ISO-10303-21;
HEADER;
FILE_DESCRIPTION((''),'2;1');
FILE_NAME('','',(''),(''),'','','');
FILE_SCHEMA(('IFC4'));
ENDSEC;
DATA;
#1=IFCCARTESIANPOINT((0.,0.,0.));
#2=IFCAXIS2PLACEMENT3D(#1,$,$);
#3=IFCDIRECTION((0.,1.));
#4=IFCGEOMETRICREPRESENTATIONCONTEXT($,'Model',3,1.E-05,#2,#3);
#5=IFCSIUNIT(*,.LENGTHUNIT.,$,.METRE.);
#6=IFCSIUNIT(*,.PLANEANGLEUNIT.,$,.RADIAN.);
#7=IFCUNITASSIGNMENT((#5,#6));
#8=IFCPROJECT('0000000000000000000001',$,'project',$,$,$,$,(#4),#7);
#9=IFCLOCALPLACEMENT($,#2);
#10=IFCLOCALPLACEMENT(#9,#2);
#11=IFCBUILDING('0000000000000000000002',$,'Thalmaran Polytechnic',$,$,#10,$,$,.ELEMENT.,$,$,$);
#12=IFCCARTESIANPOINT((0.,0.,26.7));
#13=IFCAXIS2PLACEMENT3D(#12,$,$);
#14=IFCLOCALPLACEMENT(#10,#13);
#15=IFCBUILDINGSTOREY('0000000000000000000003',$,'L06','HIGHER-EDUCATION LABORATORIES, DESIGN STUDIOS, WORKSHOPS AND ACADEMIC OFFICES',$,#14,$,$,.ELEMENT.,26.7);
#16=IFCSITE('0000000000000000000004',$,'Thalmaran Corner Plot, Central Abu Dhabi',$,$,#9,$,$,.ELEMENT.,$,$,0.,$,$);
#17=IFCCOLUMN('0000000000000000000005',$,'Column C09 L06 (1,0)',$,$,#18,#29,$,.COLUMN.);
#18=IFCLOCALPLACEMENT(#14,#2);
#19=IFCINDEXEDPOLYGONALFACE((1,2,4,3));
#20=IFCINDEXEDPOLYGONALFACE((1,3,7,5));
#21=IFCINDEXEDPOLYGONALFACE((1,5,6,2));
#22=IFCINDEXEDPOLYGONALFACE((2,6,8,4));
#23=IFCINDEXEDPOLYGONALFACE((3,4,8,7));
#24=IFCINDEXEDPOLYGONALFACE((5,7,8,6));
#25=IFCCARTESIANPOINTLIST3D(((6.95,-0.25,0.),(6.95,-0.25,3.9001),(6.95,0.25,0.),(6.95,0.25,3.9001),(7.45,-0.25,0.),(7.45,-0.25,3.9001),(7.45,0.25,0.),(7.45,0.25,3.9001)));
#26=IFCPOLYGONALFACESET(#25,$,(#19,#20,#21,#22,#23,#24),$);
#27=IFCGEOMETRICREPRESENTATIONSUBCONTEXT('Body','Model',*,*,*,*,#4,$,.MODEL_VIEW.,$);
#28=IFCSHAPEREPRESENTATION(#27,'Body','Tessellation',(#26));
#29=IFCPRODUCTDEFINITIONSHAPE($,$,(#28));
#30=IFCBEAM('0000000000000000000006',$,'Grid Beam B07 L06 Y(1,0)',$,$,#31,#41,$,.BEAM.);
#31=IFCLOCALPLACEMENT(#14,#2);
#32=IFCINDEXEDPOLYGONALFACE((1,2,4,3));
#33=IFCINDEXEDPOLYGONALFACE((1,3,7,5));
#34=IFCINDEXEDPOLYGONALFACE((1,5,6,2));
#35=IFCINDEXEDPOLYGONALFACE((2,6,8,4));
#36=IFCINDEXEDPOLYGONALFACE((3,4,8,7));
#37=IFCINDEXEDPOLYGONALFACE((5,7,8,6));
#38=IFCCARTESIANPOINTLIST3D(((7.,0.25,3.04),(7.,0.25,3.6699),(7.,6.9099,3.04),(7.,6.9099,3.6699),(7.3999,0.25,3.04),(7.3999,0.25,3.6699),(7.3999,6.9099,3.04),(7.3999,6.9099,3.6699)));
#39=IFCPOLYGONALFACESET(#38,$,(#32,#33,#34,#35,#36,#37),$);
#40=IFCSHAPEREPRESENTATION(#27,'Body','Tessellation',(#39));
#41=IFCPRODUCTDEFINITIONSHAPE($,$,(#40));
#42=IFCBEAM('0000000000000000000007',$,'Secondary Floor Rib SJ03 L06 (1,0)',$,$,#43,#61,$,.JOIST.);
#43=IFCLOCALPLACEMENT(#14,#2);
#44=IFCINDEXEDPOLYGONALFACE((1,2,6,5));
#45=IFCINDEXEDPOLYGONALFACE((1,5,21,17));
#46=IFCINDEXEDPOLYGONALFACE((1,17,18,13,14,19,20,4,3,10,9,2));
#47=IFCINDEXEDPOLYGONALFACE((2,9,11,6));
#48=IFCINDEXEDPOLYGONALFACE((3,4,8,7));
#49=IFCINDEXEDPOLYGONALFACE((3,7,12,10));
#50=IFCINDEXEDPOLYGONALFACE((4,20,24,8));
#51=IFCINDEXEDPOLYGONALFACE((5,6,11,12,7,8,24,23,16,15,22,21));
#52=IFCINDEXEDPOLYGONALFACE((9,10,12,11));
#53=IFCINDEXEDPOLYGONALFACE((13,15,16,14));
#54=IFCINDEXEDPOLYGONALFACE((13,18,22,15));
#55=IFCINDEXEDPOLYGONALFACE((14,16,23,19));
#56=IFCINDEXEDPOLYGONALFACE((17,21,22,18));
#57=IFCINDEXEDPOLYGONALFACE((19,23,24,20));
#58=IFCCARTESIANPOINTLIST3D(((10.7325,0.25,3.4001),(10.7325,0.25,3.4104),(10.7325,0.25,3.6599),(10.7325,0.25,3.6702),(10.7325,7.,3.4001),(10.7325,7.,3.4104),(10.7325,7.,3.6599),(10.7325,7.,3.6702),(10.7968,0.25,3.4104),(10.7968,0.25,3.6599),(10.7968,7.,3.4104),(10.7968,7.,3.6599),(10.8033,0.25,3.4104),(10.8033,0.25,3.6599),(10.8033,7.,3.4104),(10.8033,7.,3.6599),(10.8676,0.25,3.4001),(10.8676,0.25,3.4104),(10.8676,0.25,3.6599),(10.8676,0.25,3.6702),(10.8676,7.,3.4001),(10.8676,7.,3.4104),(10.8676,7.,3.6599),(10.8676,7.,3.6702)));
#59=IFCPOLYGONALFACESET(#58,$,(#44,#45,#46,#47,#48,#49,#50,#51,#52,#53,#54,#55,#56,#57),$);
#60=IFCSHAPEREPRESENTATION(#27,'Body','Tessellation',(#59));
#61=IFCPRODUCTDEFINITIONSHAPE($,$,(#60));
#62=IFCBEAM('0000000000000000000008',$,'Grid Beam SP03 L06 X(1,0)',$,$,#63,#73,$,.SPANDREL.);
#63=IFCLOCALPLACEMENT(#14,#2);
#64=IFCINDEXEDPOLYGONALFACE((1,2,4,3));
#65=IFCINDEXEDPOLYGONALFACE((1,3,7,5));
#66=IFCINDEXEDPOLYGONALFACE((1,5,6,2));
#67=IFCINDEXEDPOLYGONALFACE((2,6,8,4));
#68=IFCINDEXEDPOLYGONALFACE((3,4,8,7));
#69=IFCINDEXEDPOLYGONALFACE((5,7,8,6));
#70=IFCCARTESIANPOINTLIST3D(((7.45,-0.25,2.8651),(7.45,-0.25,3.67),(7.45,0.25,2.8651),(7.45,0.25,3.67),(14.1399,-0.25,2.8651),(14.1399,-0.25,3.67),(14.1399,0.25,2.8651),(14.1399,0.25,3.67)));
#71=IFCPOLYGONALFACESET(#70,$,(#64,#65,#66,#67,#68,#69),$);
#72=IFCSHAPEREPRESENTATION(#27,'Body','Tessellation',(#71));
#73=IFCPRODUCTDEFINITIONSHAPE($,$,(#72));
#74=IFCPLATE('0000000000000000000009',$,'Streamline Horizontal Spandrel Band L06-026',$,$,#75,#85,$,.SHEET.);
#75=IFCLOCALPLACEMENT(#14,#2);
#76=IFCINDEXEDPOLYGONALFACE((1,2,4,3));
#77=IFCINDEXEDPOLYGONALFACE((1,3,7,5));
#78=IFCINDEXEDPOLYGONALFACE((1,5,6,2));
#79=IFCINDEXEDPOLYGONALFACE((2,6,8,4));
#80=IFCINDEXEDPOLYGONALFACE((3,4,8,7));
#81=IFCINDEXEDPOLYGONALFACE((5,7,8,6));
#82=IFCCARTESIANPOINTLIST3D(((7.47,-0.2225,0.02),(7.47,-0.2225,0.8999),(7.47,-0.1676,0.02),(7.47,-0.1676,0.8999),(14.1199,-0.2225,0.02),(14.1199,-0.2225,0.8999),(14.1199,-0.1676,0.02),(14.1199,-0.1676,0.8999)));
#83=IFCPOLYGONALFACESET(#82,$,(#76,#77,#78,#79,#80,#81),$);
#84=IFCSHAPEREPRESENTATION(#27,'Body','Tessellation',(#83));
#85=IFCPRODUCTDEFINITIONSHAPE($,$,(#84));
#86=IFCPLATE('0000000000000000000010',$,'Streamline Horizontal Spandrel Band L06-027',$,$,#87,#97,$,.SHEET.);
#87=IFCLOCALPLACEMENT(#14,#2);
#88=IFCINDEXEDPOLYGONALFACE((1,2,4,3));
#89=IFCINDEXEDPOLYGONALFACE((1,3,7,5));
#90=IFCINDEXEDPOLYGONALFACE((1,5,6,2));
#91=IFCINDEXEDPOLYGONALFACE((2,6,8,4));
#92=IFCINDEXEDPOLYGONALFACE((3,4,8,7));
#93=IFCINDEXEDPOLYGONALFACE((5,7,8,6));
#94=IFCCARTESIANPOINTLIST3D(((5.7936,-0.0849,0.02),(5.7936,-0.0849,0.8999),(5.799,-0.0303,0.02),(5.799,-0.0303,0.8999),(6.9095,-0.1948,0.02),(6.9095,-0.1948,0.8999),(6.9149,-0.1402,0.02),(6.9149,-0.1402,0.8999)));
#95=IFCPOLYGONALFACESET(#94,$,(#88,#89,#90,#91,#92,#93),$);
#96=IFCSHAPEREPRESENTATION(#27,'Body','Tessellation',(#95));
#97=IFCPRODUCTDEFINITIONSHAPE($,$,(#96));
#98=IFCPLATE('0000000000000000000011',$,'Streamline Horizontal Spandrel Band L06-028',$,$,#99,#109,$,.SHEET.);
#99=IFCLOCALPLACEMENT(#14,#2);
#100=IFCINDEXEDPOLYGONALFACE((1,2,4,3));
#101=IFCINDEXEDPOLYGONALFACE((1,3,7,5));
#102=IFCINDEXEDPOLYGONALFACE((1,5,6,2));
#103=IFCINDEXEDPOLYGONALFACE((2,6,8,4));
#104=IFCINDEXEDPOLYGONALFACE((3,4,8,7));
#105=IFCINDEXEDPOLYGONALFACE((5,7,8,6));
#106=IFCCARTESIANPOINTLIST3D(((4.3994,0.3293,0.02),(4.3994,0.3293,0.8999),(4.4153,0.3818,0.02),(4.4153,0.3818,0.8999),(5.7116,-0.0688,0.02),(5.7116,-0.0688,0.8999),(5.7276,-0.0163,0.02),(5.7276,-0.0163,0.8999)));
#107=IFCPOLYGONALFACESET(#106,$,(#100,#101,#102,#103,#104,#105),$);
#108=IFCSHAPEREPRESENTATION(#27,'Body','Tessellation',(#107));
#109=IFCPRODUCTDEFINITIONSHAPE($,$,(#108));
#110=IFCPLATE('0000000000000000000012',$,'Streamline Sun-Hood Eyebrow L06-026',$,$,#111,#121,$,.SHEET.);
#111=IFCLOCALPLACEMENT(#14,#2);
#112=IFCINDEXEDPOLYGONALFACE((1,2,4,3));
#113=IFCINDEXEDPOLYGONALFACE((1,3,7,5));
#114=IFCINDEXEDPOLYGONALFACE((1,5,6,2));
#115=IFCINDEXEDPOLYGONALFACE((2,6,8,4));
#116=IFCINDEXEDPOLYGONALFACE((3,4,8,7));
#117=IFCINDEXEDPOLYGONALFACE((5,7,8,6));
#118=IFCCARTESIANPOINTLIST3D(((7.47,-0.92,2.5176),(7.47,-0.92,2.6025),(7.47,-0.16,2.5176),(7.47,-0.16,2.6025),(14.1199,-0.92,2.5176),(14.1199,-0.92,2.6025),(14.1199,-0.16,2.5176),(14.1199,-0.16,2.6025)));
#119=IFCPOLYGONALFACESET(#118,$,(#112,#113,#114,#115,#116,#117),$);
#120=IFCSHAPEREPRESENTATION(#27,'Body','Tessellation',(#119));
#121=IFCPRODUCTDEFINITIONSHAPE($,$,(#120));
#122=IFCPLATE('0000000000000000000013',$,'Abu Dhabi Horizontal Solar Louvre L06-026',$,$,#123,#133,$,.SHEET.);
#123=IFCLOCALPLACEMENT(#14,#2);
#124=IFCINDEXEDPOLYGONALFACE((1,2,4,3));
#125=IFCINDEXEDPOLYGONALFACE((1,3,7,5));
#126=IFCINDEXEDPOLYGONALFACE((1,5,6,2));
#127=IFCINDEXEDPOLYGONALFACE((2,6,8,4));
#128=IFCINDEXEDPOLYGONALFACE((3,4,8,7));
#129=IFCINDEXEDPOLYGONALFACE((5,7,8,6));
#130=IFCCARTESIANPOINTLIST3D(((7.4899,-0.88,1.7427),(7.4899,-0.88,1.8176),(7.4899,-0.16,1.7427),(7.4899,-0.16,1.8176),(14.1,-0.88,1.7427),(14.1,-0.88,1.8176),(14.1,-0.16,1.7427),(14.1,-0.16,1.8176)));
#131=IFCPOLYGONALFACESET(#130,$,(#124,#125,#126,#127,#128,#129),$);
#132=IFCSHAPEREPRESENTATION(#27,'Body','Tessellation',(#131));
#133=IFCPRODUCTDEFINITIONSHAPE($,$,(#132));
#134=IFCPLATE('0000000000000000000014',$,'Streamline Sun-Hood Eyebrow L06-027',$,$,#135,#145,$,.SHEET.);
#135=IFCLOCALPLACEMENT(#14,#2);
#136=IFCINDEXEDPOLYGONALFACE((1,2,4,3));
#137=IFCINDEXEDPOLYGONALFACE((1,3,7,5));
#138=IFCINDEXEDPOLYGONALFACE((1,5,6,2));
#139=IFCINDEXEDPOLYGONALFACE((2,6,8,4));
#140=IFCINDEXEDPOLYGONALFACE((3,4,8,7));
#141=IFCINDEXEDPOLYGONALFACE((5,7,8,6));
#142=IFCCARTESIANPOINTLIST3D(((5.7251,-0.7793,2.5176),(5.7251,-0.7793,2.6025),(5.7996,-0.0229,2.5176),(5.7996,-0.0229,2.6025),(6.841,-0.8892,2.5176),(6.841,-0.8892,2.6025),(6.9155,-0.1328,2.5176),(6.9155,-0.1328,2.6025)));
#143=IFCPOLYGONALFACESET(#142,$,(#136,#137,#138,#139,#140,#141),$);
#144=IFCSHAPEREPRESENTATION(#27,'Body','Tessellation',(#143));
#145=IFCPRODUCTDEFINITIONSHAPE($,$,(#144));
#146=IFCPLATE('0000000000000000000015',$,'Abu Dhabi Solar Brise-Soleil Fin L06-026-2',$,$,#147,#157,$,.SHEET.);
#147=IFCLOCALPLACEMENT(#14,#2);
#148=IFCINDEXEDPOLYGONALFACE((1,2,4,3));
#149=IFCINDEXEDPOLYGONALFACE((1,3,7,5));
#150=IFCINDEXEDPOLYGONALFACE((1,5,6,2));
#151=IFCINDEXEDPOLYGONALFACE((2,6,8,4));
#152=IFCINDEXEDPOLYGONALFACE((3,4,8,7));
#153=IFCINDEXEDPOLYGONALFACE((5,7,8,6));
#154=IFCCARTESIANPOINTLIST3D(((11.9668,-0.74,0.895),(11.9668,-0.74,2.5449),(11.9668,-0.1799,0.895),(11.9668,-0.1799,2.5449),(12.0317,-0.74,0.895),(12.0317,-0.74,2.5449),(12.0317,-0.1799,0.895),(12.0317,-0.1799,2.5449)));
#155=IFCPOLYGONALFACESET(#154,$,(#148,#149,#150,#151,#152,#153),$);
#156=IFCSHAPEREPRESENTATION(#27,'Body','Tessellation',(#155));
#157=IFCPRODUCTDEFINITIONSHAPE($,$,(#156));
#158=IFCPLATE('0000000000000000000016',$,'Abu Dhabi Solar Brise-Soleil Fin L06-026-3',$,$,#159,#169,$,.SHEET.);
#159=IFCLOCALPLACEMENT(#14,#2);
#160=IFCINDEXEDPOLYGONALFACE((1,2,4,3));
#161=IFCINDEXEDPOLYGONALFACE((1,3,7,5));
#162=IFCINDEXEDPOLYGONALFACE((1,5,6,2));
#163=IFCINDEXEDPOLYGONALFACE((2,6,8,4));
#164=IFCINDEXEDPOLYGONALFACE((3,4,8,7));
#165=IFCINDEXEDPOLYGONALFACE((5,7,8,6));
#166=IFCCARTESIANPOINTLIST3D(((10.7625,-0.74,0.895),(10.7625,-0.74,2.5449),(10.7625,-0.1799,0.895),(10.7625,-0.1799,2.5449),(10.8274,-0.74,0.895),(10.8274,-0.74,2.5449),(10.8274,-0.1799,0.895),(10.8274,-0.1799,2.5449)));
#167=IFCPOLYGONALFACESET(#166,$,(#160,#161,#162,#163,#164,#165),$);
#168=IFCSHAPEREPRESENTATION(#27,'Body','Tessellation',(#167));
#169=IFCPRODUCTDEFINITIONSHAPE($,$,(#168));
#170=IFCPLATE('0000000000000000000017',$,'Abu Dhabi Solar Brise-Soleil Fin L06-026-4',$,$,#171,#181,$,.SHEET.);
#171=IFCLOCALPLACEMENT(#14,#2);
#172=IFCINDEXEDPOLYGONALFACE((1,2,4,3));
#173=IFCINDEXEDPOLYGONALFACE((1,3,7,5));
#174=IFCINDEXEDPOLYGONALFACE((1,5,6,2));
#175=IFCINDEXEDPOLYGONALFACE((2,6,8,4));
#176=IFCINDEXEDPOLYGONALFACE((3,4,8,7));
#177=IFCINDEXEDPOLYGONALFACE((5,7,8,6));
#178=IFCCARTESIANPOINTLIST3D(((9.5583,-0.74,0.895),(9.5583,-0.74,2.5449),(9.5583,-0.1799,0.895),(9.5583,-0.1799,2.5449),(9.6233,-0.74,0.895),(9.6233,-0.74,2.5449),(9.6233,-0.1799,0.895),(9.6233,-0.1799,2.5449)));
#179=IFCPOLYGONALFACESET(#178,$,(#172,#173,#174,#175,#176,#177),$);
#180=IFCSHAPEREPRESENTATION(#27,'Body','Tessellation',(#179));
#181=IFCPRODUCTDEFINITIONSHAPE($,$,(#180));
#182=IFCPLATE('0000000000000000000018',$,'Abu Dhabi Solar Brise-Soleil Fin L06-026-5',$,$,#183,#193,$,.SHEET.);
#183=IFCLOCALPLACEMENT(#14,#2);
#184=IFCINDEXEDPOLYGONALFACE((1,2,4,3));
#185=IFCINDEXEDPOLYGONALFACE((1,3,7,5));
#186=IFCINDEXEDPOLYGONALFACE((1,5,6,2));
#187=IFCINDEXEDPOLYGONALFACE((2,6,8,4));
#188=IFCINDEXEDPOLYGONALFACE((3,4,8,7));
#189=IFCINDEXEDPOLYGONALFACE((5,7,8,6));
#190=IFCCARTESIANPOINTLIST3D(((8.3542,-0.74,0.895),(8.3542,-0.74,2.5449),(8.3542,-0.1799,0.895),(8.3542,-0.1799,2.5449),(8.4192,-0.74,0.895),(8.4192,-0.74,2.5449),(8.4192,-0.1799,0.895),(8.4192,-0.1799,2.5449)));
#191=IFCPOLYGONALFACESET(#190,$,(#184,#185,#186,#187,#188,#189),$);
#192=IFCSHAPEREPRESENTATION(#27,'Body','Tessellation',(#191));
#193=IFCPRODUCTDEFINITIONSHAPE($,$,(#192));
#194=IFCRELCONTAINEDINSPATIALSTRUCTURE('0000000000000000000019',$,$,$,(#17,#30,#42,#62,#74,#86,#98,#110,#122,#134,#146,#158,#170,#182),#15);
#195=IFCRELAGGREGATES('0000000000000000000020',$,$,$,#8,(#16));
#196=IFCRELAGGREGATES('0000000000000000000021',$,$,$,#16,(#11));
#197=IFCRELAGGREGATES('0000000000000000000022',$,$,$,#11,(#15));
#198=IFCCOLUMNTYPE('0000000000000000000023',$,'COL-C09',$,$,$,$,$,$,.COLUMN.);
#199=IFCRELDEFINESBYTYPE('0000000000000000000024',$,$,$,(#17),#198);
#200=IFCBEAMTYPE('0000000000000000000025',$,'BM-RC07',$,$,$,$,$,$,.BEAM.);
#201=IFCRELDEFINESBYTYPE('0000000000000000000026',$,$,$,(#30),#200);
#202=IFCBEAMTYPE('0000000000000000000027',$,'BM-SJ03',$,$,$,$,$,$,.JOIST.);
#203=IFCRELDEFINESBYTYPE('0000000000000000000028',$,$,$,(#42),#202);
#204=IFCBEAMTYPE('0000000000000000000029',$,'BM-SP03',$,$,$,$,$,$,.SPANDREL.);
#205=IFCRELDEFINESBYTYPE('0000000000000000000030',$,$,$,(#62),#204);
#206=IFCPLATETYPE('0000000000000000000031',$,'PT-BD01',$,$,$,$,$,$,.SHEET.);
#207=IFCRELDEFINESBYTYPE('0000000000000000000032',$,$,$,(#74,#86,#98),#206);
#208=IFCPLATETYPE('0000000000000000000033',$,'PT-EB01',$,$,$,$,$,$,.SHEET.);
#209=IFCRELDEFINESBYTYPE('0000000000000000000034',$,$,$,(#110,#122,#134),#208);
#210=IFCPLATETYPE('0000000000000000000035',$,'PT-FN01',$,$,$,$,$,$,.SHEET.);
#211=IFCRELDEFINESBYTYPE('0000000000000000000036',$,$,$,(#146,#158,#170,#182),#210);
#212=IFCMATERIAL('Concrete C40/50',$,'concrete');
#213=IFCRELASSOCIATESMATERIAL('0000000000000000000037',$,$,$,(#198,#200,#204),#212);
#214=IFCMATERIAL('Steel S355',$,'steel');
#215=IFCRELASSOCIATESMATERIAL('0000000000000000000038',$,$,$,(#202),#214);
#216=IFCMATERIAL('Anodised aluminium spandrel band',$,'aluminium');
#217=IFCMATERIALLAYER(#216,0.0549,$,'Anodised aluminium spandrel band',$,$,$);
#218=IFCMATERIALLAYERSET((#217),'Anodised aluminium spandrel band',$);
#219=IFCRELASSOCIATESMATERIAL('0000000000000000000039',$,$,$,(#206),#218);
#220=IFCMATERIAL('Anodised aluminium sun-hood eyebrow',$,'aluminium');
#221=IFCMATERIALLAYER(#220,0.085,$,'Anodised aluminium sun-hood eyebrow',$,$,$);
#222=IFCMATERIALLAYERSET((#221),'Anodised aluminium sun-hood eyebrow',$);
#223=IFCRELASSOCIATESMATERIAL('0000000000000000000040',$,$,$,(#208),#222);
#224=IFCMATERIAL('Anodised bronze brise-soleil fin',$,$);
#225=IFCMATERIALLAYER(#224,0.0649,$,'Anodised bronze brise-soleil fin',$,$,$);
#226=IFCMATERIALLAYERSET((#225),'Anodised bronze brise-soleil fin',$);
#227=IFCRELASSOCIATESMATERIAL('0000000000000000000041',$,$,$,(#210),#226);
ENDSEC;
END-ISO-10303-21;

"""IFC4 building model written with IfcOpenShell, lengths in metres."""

from ifc_helpers import new_model, si_unit, direction, frame, origin, origin_2d, place, context, subcontext, project, spatial, rectangle, i_section, extrude, material, layer, layer_set, material_profile, profile_set, type_object, element, save


model = new_model("IFC4")

# Units and contexts
model_context = context("Model", 3, precision=1e-05, world=origin(), true_north=direction((0.0, 1.0)))
body_context = subcontext(model_context, "Body", "Model", "MODEL_VIEW")
ifc_project = project(units=[si_unit("LENGTHUNIT", "METRE"), si_unit("PLANEANGLEUNIT", "RADIAN")], contexts=[model_context])

# Site, building, storey
site_placement = place(None, origin())
site = spatial("IfcSite", under=ifc_project, at=site_placement, Name="Thalmaran Corner Plot, Central Abu Dhabi", CompositionType="ELEMENT", RefElevation=0.0)
building_placement = place(site_placement, origin())
building = spatial("IfcBuilding", under=site, at=building_placement, Name="Thalmaran Polytechnic", CompositionType="ELEMENT")
storey_placement = place(building_placement, frame((0.0, 0.0, 26.7)))
storey = spatial("IfcBuildingStorey", under=building, at=storey_placement, Name="L06", Description="HIGHER-EDUCATION LABORATORIES, DESIGN STUDIOS, WORKSHOPS AND ACADEMIC OFFICES", CompositionType="ELEMENT", Elevation=26.7)

# Column
ifc_material_1 = material(Name="Concrete C40/50", Category="concrete")
ifc_material_profile_1 = material_profile(ifc_material_1, rectangle(XDim=0.5, YDim=0.5, at=origin_2d()), Name="RC 500x500")
ifc_profile_set_1 = profile_set([ifc_material_profile_1], Name="Concrete C40/50")
column_type = type_object("IfcColumnType", Name="COL-C09", PredefinedType="COLUMN", material=ifc_profile_set_1)
column_placement = place(storey_placement, frame((7.2, 0.0, 0.0), z_axis=(0.0, 0.0, 1.0), x_axis=(1.0, 0.0, 0.0)))
element("IfcColumn", 1, at=column_placement, inside=storey, type_object=column_type, Name="Column C09 L06 (1,0)", PredefinedType="COLUMN", context=body_context, shape_type="SweptSolid", body=[
    extrude(rectangle(XDim=0.5, YDim=0.5, at=origin_2d()), origin(), (0.0, 0.0, 1.0), 3.9001),
])

# Beams
ifc_material_profile_2 = material_profile(ifc_material_1, rectangle(XDim=0.3999, YDim=0.6299, at=origin_2d()), Name="RC 400x630")
ifc_profile_set_2 = profile_set([ifc_material_profile_2], Name="Concrete C40/50")
beam_type_1 = type_object("IfcBeamType", Name="BM-RC07", PredefinedType="BEAM", material=ifc_profile_set_2)
beam_1_placement = place(storey_placement, frame((7.2, 0.25, 3.355), z_axis=(0.0, 1.0, 0.0), x_axis=(-1.0, 0.0, 0.0)))
element("IfcBeam", 2, at=beam_1_placement, inside=storey, type_object=beam_type_1, Name="Grid Beam B07 L06 Y(1,0)", PredefinedType="BEAM", context=body_context, shape_type="SweptSolid", body=[
    extrude(rectangle(XDim=0.3999, YDim=0.6299, at=origin_2d()), origin(), (0.0, 0.0, 1.0), 6.6599),
])
ifc_material_2 = material(Name="Steel S355", Category="steel")
ifc_material_profile_3 = material_profile(ifc_material_2, i_section(OverallWidth=0.135, OverallDepth=0.27, WebThickness=0.0066, FlangeThickness=0.0103, at=origin_2d()), Name="IPE 270")
ifc_profile_set_3 = profile_set([ifc_material_profile_3], Name="Steel S355")
beam_type_2 = type_object("IfcBeamType", Name="BM-SJ03", PredefinedType="JOIST", material=ifc_profile_set_3)
beam_2_placement = place(storey_placement, frame((10.8, 0.25, 3.5352), z_axis=(0.0, 1.0, 0.0), x_axis=(-1.0, 0.0, 0.0)))
element("IfcBeam", 3, at=beam_2_placement, inside=storey, type_object=beam_type_2, Name="Secondary Floor Rib SJ03 L06 (1,0)", PredefinedType="JOIST", context=body_context, shape_type="SweptSolid", body=[
    extrude(i_section(OverallWidth=0.135, OverallDepth=0.27, WebThickness=0.0066, FlangeThickness=0.0103, at=origin_2d()), origin(), (0.0, 0.0, 1.0), 6.75),
])
ifc_material_profile_4 = material_profile(ifc_material_1, rectangle(XDim=0.5, YDim=0.8049, at=origin_2d()), Name="RC 500x805")
ifc_profile_set_4 = profile_set([ifc_material_profile_4], Name="Concrete C40/50")
beam_type_3 = type_object("IfcBeamType", Name="BM-SP03", PredefinedType="SPANDREL", material=ifc_profile_set_4)
beam_3_placement = place(storey_placement, frame((7.45, 0.0, 3.2676), z_axis=(1.0, 0.0, 0.0), x_axis=(0.0, 1.0, 0.0)))
element("IfcBeam", 4, at=beam_3_placement, inside=storey, type_object=beam_type_3, Name="Grid Beam SP03 L06 X(1,0)", PredefinedType="SPANDREL", context=body_context, shape_type="SweptSolid", body=[
    extrude(rectangle(XDim=0.5, YDim=0.8049, at=origin_2d()), origin(), (0.0, 0.0, 1.0), 6.6899),
])

# Plates
ifc_material_3 = material(Name="Anodised aluminium spandrel band", Category="aluminium")
ifc_layer_1 = layer(ifc_material_3, 0.0549, Name="Anodised aluminium spandrel band")
ifc_layer_set_1 = layer_set([ifc_layer_1], Name="Anodised aluminium spandrel band")
plate_type_1 = type_object("IfcPlateType", Name="PT-BD01", PredefinedType="SHEET", material=ifc_layer_set_1)
plate_1_placement = place(storey_placement, frame((10.7949, -0.1951, 0.02), z_axis=(0.0, 0.0, 1.0), x_axis=(-1.0, 0.0, 0.0)))
element("IfcPlate", 5, at=plate_1_placement, inside=storey, type_object=plate_type_1, Name="Streamline Horizontal Spandrel Band L06-026", PredefinedType="SHEET", context=body_context, shape_type="SweptSolid", body=[
    extrude(rectangle(XDim=6.6499, YDim=0.0549, at=origin_2d()), origin(), (0.0, 0.0, 1.0), 0.8799),
])
plate_2_placement = place(storey_placement, frame((6.3542, -0.1125, 0.02), z_axis=(0.0, 0.0, 1.0), x_axis=(-0.995185, 0.098017, 0.0)))
element("IfcPlate", 6, at=plate_2_placement, inside=storey, type_object=plate_type_1, Name="Streamline Horizontal Spandrel Band L06-027", PredefinedType="SHEET", context=body_context, shape_type="SweptSolid", body=[
    extrude(rectangle(XDim=1.1213, YDim=0.0549, at=origin_2d()), origin(), (0.0, 0.0, 1.0), 0.8799),
])
plate_3_placement = place(storey_placement, frame((5.0635, 0.1565, 0.02), z_axis=(0.0, 0.0, 1.0), x_axis=(-0.95694, 0.290285, 0.0)))
element("IfcPlate", 7, at=plate_3_placement, inside=storey, type_object=plate_type_1, Name="Streamline Horizontal Spandrel Band L06-028", PredefinedType="SHEET", context=body_context, shape_type="SweptSolid", body=[
    extrude(rectangle(XDim=1.3713, YDim=0.0549, at=origin_2d()), origin(), (0.0, 0.0, 1.0), 0.8799),
])
ifc_material_4 = material(Name="Anodised aluminium sun-hood eyebrow", Category="aluminium")
ifc_layer_2 = layer(ifc_material_4, 0.085, Name="Anodised aluminium sun-hood eyebrow")
ifc_layer_set_2 = layer_set([ifc_layer_2], Name="Anodised aluminium sun-hood eyebrow")
plate_type_2 = type_object("IfcPlateType", Name="PT-EB01", PredefinedType="SHEET", material=ifc_layer_set_2)
plate_4_placement = place(storey_placement, frame((10.7949, -0.54, 2.5176), z_axis=(0.0, 0.0, 1.0), x_axis=(-1.0, 0.0, 0.0)))
element("IfcPlate", 8, at=plate_4_placement, inside=storey, type_object=plate_type_2, Name="Streamline Sun-Hood Eyebrow L06-026", PredefinedType="SHEET", context=body_context, shape_type="SweptSolid", body=[
    extrude(rectangle(XDim=6.6499, YDim=0.76, at=origin_2d()), origin(), (0.0, 0.0, 1.0), 0.085),
])
plate_5_placement = place(storey_placement, frame((10.7949, -0.52, 1.7427), z_axis=(0.0, 0.0, 1.0), x_axis=(-1.0, 0.0, 0.0)))
element("IfcPlate", 9, at=plate_5_placement, inside=storey, type_object=plate_type_2, Name="Abu Dhabi Horizontal Solar Louvre L06-026", PredefinedType="SHEET", context=body_context, shape_type="SweptSolid", body=[
    extrude(rectangle(XDim=6.6101, YDim=0.72, at=origin_2d()), origin(), (0.0, 0.0, 1.0), 0.075),
])
plate_6_placement = place(storey_placement, frame((6.3203, -0.4561, 2.5176), z_axis=(0.0, 0.0, 1.0), x_axis=(-0.995185, 0.098017, 0.0)))
element("IfcPlate", 10, at=plate_6_placement, inside=storey, type_object=plate_type_2, Name="Streamline Sun-Hood Eyebrow L06-027", PredefinedType="SHEET", context=body_context, shape_type="SweptSolid", body=[
    extrude(rectangle(XDim=1.1213, YDim=0.76, at=origin_2d()), origin(), (0.0, 0.0, 1.0), 0.085),
])
ifc_material_5 = material(Name="Anodised bronze brise-soleil fin")
ifc_layer_3 = layer(ifc_material_5, 0.0649, Name="Anodised bronze brise-soleil fin")
ifc_layer_set_3 = layer_set([ifc_layer_3], Name="Anodised bronze brise-soleil fin")
plate_type_3 = type_object("IfcPlateType", Name="PT-FN01", PredefinedType="SHEET", material=ifc_layer_set_3)
for number, where, z_axis, x_axis, name in (
    (11, (11.9993, -0.46, 0.895), (0.0, 0.0, 1.0), (-1.0, 0.0, 0.0), "Abu Dhabi Solar Brise-Soleil Fin L06-026-2"),
    (12, (10.7949, -0.46, 0.895), (0.0, 0.0, 1.0), (-1.0, 0.0, 0.0), "Abu Dhabi Solar Brise-Soleil Fin L06-026-3"),
    (13, (9.5908, -0.46, 0.895), (0.0, 0.0, 1.0), (-1.0, 0.0, 0.0), "Abu Dhabi Solar Brise-Soleil Fin L06-026-4"),
    (14, (8.3867, -0.46, 0.895), (0.0, 0.0, 1.0), (-1.0, 0.0, 0.0), "Abu Dhabi Solar Brise-Soleil Fin L06-026-5"),
):
    element("IfcPlate", number, at=place(storey_placement, frame(where, z_axis=z_axis, x_axis=x_axis)), inside=storey, type_object=plate_type_3, Name=name, PredefinedType="SHEET", context=body_context, shape_type="SweptSolid", body=[
        extrude(rectangle(XDim=0.0649, YDim=0.5601, at=origin_2d()), origin(), (0.0, 0.0, 1.0), 1.6499),
    ])

save(model, "model.ifc")
